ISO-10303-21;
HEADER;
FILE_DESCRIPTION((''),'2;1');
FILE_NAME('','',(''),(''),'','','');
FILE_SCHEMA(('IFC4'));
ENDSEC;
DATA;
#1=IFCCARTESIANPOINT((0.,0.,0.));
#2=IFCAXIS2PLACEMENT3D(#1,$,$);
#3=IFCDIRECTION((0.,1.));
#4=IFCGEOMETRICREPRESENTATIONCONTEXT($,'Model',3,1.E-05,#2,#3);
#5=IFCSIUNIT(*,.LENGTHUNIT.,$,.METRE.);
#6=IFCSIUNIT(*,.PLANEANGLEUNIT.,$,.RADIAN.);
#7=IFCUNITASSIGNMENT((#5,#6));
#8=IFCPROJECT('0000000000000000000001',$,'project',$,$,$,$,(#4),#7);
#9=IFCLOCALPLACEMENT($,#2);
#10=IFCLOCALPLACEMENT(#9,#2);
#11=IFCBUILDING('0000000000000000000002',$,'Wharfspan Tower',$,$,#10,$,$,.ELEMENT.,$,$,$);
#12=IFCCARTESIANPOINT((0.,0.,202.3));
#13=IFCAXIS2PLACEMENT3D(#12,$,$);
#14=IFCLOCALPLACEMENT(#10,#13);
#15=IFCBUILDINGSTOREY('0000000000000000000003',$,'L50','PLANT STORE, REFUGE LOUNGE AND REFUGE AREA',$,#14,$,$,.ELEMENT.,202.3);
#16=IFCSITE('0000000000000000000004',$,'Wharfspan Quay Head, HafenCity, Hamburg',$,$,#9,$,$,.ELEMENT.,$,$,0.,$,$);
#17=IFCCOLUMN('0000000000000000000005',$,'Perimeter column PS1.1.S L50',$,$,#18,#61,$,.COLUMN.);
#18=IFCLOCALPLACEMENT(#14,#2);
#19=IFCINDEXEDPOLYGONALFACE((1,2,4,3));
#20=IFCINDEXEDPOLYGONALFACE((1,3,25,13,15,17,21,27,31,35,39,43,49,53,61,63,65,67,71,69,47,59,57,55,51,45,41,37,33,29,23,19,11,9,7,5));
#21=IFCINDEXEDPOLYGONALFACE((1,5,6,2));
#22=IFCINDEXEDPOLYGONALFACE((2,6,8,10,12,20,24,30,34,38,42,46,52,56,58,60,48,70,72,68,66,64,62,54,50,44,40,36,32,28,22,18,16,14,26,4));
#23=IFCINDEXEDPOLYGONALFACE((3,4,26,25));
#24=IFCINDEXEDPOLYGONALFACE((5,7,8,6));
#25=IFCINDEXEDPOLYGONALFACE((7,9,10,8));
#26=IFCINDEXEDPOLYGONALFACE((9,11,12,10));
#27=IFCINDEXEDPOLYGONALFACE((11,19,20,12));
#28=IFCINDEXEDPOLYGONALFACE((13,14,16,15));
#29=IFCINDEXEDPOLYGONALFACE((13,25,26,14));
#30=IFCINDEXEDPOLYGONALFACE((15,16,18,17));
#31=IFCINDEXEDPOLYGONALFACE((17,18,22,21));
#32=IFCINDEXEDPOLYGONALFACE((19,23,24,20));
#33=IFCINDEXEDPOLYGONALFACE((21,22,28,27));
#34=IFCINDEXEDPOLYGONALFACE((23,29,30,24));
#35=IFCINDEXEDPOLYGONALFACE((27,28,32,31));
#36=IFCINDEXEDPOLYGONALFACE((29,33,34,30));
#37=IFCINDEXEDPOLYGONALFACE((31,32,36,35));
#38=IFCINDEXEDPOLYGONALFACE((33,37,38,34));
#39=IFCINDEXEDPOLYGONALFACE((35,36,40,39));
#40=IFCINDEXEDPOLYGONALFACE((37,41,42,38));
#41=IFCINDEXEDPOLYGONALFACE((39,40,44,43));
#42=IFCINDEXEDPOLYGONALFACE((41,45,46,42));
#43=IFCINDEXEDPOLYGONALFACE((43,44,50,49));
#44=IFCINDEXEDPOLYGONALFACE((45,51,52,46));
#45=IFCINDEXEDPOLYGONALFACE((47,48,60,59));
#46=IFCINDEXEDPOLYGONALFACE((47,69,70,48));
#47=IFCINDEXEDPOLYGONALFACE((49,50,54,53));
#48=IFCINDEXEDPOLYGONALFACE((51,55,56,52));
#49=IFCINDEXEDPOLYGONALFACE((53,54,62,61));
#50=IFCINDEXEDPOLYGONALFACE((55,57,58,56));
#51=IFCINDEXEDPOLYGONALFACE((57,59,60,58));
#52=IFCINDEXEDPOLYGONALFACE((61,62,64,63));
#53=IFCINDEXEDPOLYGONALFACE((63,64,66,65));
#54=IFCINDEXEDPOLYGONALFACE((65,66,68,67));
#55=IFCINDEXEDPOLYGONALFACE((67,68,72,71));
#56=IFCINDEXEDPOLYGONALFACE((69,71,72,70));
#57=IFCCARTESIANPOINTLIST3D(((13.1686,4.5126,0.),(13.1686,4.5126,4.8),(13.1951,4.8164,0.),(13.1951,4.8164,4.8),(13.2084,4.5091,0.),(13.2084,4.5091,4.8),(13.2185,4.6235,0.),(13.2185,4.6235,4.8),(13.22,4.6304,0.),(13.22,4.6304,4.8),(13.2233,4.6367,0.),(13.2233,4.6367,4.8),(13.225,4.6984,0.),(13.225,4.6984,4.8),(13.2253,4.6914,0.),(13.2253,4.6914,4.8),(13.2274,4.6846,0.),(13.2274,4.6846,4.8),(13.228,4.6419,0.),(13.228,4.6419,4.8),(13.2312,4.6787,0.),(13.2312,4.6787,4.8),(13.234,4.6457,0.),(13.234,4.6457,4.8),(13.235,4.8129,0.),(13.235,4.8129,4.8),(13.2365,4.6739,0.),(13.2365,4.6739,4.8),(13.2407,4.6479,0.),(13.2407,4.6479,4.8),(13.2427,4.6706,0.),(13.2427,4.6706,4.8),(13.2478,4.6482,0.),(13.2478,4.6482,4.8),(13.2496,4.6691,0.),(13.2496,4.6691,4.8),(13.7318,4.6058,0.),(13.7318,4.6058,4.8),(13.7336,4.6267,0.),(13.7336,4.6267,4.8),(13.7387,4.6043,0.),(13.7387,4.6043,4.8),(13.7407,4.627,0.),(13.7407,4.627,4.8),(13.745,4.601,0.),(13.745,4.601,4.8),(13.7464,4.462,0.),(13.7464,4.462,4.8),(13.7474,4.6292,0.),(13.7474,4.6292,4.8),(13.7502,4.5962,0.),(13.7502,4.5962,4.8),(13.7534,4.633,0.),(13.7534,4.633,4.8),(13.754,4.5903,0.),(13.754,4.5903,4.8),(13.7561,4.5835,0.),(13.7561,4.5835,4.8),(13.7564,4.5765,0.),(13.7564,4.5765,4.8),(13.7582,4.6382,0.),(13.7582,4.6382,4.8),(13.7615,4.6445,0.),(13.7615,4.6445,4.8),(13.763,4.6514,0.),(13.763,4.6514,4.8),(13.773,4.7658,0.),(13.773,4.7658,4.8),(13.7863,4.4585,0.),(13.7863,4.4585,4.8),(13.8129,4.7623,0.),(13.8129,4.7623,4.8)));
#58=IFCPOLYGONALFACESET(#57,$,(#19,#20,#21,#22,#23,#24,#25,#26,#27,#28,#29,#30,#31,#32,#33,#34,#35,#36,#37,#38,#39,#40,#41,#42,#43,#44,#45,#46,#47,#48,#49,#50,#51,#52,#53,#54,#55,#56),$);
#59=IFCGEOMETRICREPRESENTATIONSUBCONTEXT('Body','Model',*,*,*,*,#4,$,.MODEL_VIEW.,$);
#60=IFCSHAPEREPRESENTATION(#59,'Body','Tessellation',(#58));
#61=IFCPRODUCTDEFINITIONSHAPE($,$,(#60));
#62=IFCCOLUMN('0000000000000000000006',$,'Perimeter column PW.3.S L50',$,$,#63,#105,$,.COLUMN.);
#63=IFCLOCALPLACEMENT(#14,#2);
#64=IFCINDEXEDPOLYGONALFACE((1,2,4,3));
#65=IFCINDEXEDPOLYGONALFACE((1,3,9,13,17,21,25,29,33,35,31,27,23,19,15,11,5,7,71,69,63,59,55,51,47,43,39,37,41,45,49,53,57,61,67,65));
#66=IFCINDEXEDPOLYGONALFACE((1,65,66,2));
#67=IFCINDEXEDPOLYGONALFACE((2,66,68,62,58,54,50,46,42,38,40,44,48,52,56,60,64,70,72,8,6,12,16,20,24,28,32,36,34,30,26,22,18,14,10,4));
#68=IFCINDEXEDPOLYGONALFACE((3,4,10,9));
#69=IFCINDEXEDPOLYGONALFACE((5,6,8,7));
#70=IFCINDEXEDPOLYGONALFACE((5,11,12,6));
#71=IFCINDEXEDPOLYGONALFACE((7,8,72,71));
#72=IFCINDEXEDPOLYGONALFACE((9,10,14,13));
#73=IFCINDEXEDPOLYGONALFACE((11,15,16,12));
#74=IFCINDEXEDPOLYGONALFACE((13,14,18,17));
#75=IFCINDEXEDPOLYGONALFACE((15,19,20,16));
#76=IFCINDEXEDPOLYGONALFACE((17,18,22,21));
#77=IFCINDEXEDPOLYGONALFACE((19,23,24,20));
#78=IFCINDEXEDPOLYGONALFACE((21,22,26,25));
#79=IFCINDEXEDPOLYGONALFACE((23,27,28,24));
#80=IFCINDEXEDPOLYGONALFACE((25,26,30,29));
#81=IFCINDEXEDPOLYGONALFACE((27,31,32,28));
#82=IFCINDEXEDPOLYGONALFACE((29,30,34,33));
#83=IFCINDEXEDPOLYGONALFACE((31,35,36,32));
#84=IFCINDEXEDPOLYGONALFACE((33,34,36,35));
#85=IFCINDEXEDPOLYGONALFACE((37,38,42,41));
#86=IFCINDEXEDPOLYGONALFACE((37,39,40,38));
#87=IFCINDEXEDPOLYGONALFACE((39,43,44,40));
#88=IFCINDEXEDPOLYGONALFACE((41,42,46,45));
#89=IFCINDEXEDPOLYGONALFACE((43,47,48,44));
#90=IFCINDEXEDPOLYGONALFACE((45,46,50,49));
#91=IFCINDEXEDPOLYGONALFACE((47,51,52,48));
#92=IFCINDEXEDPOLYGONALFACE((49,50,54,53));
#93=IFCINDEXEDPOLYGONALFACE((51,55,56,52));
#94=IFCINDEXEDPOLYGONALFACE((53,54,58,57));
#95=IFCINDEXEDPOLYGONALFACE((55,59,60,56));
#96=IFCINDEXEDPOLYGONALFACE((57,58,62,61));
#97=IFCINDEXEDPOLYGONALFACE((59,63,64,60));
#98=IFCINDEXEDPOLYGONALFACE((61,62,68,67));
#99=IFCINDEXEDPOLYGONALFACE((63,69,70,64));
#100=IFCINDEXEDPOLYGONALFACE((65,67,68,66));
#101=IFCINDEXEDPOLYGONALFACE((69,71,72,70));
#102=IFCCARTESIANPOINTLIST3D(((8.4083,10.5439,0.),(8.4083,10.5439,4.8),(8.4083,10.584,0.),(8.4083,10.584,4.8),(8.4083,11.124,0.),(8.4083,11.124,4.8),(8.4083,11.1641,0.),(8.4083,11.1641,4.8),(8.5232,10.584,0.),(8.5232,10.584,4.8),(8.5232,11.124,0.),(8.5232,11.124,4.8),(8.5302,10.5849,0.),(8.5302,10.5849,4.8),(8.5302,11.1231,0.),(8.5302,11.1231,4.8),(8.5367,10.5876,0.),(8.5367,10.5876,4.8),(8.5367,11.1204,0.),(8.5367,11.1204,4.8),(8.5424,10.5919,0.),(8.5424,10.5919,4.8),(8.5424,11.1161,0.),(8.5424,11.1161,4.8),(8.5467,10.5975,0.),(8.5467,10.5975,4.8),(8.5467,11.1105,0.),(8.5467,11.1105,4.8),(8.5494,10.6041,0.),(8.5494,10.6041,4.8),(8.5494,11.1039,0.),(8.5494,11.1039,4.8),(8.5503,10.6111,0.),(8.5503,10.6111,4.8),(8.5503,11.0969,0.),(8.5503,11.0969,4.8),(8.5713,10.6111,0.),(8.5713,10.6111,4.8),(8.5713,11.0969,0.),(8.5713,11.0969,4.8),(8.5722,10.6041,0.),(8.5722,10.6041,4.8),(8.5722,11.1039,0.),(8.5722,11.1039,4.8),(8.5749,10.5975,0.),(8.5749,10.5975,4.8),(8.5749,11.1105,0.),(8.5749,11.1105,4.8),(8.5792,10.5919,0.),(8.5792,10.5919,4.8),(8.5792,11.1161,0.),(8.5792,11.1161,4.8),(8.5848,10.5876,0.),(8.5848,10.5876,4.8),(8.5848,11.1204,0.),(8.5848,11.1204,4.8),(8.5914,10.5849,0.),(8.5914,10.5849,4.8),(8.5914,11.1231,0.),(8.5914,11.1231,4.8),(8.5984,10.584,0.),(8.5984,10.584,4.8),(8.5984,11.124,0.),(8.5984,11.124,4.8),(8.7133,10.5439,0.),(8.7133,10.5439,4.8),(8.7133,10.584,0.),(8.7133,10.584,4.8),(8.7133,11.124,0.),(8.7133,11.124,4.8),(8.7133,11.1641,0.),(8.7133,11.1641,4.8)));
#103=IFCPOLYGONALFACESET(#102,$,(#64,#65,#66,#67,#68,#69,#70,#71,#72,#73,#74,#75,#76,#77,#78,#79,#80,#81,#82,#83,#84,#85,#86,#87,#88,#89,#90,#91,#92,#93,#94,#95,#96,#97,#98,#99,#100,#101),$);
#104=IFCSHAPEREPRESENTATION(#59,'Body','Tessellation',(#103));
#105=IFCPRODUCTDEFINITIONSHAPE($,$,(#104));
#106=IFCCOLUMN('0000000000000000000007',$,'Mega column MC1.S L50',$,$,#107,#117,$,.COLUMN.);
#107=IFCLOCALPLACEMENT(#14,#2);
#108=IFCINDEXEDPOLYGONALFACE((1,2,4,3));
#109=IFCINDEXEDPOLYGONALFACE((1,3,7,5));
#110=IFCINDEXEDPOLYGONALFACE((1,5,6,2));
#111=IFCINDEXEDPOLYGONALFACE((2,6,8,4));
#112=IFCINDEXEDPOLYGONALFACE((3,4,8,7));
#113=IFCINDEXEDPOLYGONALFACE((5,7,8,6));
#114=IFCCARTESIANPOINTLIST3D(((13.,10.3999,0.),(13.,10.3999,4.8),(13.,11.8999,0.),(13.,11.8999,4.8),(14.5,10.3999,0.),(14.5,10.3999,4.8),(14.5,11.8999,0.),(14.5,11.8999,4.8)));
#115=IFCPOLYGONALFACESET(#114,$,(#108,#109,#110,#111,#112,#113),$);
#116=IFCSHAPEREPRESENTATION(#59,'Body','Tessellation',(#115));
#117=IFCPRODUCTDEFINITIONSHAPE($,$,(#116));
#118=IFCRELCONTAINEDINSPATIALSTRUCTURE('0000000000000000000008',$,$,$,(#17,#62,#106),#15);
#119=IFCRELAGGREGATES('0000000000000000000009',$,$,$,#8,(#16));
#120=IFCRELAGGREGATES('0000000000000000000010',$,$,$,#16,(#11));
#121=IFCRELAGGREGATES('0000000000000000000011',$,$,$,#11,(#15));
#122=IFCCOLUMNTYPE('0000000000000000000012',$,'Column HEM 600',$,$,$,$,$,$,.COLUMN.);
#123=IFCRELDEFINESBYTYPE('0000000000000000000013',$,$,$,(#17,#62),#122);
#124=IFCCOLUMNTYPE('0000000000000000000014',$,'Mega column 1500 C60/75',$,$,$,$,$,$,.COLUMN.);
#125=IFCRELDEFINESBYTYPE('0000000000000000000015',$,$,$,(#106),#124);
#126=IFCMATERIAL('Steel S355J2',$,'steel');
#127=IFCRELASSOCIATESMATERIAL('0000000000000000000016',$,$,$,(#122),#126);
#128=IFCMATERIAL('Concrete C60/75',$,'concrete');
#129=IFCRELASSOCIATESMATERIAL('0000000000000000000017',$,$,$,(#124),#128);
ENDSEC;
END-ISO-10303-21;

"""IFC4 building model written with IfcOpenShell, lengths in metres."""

from ifc_helpers import new_model, si_unit, direction, frame, origin, origin_2d, place, context, subcontext, project, spatial, rectangle, i_section, extrude, material, material_profile, profile_set, type_object, element, save


model = new_model("IFC4")

# Units and contexts
model_context = context("Model", 3, precision=1e-05, world=origin(), true_north=direction((0.0, 1.0)))
body_context = subcontext(model_context, "Body", "Model", "MODEL_VIEW")
ifc_project = project(units=[si_unit("LENGTHUNIT", "METRE"), si_unit("PLANEANGLEUNIT", "RADIAN")], contexts=[model_context])

# Site, building, storey
site_placement = place(None, origin())
site = spatial("IfcSite", under=ifc_project, at=site_placement, Name="Wharfspan Quay Head, HafenCity, Hamburg", CompositionType="ELEMENT", RefElevation=0.0)
building_placement = place(site_placement, origin())
building = spatial("IfcBuilding", under=site, at=building_placement, Name="Wharfspan Tower", CompositionType="ELEMENT")
storey_placement = place(building_placement, frame((0.0, 0.0, 202.3)))
storey = spatial("IfcBuildingStorey", under=building, at=storey_placement, Name="L50", Description="PLANT STORE, REFUGE LOUNGE AND REFUGE AREA", CompositionType="ELEMENT", Elevation=202.3)

# Columns
ifc_material_1 = material(Name="Steel S355J2", Category="steel")
ifc_material_profile_1 = material_profile(ifc_material_1, i_section(OverallWidth=0.3049, OverallDepth=0.6201, WebThickness=0.021, FlangeThickness=0.04, FilletRadius=0.0271, at=origin_2d()))
ifc_profile_set_1 = profile_set([ifc_material_profile_1], Name="Steel S355J2")
column_type_1 = type_object("IfcColumnType", Name="Column HEM 600", PredefinedType="COLUMN", material=ifc_profile_set_1)
for number, where, z_axis, x_axis, name in (
    (1, (13.4907, 4.6375, 0.0), (0.0, 0.0, 1.0), (-0.087156, -0.996198, 0.0), "Perimeter column PS1.1.S L50"),
    (2, (8.5608, 10.854, 0.0), (0.0, 0.0, 1.0), (-1.0, 0.0, 0.0), "Perimeter column PW.3.S L50"),
):
    element("IfcColumn", number, at=place(storey_placement, frame(where, z_axis=z_axis, x_axis=x_axis)), inside=storey, type_object=column_type_1, Name=name, PredefinedType="COLUMN", context=body_context, shape_type="SweptSolid", body=[
        extrude(i_section(OverallWidth=0.3049, OverallDepth=0.6201, WebThickness=0.021, FlangeThickness=0.04, FilletRadius=0.0271, at=origin_2d()), origin(), (0.0, 0.0, 1.0), 4.8),
    ])
ifc_material_2 = material(Name="Concrete C60/75", Category="concrete")
ifc_material_profile_2 = material_profile(ifc_material_2, rectangle(XDim=1.5, YDim=1.5, at=origin_2d()))
ifc_profile_set_2 = profile_set([ifc_material_profile_2], Name="Concrete C60/75")
column_type_2 = type_object("IfcColumnType", Name="Mega column 1500 C60/75", PredefinedType="COLUMN", material=ifc_profile_set_2)
column_placement = place(storey_placement, frame((13.75, 11.1499, 0.0), z_axis=(0.0, 0.0, 1.0), x_axis=(1.0, 0.0, 0.0)))
element("IfcColumn", 3, at=column_placement, inside=storey, type_object=column_type_2, Name="Mega column MC1.S L50", PredefinedType="COLUMN", context=body_context, shape_type="SweptSolid", body=[
    extrude(rectangle(XDim=1.5, YDim=1.5, at=origin_2d()), origin(), (0.0, 0.0, 1.0), 4.8),
])

save(model, "model.ifc")
